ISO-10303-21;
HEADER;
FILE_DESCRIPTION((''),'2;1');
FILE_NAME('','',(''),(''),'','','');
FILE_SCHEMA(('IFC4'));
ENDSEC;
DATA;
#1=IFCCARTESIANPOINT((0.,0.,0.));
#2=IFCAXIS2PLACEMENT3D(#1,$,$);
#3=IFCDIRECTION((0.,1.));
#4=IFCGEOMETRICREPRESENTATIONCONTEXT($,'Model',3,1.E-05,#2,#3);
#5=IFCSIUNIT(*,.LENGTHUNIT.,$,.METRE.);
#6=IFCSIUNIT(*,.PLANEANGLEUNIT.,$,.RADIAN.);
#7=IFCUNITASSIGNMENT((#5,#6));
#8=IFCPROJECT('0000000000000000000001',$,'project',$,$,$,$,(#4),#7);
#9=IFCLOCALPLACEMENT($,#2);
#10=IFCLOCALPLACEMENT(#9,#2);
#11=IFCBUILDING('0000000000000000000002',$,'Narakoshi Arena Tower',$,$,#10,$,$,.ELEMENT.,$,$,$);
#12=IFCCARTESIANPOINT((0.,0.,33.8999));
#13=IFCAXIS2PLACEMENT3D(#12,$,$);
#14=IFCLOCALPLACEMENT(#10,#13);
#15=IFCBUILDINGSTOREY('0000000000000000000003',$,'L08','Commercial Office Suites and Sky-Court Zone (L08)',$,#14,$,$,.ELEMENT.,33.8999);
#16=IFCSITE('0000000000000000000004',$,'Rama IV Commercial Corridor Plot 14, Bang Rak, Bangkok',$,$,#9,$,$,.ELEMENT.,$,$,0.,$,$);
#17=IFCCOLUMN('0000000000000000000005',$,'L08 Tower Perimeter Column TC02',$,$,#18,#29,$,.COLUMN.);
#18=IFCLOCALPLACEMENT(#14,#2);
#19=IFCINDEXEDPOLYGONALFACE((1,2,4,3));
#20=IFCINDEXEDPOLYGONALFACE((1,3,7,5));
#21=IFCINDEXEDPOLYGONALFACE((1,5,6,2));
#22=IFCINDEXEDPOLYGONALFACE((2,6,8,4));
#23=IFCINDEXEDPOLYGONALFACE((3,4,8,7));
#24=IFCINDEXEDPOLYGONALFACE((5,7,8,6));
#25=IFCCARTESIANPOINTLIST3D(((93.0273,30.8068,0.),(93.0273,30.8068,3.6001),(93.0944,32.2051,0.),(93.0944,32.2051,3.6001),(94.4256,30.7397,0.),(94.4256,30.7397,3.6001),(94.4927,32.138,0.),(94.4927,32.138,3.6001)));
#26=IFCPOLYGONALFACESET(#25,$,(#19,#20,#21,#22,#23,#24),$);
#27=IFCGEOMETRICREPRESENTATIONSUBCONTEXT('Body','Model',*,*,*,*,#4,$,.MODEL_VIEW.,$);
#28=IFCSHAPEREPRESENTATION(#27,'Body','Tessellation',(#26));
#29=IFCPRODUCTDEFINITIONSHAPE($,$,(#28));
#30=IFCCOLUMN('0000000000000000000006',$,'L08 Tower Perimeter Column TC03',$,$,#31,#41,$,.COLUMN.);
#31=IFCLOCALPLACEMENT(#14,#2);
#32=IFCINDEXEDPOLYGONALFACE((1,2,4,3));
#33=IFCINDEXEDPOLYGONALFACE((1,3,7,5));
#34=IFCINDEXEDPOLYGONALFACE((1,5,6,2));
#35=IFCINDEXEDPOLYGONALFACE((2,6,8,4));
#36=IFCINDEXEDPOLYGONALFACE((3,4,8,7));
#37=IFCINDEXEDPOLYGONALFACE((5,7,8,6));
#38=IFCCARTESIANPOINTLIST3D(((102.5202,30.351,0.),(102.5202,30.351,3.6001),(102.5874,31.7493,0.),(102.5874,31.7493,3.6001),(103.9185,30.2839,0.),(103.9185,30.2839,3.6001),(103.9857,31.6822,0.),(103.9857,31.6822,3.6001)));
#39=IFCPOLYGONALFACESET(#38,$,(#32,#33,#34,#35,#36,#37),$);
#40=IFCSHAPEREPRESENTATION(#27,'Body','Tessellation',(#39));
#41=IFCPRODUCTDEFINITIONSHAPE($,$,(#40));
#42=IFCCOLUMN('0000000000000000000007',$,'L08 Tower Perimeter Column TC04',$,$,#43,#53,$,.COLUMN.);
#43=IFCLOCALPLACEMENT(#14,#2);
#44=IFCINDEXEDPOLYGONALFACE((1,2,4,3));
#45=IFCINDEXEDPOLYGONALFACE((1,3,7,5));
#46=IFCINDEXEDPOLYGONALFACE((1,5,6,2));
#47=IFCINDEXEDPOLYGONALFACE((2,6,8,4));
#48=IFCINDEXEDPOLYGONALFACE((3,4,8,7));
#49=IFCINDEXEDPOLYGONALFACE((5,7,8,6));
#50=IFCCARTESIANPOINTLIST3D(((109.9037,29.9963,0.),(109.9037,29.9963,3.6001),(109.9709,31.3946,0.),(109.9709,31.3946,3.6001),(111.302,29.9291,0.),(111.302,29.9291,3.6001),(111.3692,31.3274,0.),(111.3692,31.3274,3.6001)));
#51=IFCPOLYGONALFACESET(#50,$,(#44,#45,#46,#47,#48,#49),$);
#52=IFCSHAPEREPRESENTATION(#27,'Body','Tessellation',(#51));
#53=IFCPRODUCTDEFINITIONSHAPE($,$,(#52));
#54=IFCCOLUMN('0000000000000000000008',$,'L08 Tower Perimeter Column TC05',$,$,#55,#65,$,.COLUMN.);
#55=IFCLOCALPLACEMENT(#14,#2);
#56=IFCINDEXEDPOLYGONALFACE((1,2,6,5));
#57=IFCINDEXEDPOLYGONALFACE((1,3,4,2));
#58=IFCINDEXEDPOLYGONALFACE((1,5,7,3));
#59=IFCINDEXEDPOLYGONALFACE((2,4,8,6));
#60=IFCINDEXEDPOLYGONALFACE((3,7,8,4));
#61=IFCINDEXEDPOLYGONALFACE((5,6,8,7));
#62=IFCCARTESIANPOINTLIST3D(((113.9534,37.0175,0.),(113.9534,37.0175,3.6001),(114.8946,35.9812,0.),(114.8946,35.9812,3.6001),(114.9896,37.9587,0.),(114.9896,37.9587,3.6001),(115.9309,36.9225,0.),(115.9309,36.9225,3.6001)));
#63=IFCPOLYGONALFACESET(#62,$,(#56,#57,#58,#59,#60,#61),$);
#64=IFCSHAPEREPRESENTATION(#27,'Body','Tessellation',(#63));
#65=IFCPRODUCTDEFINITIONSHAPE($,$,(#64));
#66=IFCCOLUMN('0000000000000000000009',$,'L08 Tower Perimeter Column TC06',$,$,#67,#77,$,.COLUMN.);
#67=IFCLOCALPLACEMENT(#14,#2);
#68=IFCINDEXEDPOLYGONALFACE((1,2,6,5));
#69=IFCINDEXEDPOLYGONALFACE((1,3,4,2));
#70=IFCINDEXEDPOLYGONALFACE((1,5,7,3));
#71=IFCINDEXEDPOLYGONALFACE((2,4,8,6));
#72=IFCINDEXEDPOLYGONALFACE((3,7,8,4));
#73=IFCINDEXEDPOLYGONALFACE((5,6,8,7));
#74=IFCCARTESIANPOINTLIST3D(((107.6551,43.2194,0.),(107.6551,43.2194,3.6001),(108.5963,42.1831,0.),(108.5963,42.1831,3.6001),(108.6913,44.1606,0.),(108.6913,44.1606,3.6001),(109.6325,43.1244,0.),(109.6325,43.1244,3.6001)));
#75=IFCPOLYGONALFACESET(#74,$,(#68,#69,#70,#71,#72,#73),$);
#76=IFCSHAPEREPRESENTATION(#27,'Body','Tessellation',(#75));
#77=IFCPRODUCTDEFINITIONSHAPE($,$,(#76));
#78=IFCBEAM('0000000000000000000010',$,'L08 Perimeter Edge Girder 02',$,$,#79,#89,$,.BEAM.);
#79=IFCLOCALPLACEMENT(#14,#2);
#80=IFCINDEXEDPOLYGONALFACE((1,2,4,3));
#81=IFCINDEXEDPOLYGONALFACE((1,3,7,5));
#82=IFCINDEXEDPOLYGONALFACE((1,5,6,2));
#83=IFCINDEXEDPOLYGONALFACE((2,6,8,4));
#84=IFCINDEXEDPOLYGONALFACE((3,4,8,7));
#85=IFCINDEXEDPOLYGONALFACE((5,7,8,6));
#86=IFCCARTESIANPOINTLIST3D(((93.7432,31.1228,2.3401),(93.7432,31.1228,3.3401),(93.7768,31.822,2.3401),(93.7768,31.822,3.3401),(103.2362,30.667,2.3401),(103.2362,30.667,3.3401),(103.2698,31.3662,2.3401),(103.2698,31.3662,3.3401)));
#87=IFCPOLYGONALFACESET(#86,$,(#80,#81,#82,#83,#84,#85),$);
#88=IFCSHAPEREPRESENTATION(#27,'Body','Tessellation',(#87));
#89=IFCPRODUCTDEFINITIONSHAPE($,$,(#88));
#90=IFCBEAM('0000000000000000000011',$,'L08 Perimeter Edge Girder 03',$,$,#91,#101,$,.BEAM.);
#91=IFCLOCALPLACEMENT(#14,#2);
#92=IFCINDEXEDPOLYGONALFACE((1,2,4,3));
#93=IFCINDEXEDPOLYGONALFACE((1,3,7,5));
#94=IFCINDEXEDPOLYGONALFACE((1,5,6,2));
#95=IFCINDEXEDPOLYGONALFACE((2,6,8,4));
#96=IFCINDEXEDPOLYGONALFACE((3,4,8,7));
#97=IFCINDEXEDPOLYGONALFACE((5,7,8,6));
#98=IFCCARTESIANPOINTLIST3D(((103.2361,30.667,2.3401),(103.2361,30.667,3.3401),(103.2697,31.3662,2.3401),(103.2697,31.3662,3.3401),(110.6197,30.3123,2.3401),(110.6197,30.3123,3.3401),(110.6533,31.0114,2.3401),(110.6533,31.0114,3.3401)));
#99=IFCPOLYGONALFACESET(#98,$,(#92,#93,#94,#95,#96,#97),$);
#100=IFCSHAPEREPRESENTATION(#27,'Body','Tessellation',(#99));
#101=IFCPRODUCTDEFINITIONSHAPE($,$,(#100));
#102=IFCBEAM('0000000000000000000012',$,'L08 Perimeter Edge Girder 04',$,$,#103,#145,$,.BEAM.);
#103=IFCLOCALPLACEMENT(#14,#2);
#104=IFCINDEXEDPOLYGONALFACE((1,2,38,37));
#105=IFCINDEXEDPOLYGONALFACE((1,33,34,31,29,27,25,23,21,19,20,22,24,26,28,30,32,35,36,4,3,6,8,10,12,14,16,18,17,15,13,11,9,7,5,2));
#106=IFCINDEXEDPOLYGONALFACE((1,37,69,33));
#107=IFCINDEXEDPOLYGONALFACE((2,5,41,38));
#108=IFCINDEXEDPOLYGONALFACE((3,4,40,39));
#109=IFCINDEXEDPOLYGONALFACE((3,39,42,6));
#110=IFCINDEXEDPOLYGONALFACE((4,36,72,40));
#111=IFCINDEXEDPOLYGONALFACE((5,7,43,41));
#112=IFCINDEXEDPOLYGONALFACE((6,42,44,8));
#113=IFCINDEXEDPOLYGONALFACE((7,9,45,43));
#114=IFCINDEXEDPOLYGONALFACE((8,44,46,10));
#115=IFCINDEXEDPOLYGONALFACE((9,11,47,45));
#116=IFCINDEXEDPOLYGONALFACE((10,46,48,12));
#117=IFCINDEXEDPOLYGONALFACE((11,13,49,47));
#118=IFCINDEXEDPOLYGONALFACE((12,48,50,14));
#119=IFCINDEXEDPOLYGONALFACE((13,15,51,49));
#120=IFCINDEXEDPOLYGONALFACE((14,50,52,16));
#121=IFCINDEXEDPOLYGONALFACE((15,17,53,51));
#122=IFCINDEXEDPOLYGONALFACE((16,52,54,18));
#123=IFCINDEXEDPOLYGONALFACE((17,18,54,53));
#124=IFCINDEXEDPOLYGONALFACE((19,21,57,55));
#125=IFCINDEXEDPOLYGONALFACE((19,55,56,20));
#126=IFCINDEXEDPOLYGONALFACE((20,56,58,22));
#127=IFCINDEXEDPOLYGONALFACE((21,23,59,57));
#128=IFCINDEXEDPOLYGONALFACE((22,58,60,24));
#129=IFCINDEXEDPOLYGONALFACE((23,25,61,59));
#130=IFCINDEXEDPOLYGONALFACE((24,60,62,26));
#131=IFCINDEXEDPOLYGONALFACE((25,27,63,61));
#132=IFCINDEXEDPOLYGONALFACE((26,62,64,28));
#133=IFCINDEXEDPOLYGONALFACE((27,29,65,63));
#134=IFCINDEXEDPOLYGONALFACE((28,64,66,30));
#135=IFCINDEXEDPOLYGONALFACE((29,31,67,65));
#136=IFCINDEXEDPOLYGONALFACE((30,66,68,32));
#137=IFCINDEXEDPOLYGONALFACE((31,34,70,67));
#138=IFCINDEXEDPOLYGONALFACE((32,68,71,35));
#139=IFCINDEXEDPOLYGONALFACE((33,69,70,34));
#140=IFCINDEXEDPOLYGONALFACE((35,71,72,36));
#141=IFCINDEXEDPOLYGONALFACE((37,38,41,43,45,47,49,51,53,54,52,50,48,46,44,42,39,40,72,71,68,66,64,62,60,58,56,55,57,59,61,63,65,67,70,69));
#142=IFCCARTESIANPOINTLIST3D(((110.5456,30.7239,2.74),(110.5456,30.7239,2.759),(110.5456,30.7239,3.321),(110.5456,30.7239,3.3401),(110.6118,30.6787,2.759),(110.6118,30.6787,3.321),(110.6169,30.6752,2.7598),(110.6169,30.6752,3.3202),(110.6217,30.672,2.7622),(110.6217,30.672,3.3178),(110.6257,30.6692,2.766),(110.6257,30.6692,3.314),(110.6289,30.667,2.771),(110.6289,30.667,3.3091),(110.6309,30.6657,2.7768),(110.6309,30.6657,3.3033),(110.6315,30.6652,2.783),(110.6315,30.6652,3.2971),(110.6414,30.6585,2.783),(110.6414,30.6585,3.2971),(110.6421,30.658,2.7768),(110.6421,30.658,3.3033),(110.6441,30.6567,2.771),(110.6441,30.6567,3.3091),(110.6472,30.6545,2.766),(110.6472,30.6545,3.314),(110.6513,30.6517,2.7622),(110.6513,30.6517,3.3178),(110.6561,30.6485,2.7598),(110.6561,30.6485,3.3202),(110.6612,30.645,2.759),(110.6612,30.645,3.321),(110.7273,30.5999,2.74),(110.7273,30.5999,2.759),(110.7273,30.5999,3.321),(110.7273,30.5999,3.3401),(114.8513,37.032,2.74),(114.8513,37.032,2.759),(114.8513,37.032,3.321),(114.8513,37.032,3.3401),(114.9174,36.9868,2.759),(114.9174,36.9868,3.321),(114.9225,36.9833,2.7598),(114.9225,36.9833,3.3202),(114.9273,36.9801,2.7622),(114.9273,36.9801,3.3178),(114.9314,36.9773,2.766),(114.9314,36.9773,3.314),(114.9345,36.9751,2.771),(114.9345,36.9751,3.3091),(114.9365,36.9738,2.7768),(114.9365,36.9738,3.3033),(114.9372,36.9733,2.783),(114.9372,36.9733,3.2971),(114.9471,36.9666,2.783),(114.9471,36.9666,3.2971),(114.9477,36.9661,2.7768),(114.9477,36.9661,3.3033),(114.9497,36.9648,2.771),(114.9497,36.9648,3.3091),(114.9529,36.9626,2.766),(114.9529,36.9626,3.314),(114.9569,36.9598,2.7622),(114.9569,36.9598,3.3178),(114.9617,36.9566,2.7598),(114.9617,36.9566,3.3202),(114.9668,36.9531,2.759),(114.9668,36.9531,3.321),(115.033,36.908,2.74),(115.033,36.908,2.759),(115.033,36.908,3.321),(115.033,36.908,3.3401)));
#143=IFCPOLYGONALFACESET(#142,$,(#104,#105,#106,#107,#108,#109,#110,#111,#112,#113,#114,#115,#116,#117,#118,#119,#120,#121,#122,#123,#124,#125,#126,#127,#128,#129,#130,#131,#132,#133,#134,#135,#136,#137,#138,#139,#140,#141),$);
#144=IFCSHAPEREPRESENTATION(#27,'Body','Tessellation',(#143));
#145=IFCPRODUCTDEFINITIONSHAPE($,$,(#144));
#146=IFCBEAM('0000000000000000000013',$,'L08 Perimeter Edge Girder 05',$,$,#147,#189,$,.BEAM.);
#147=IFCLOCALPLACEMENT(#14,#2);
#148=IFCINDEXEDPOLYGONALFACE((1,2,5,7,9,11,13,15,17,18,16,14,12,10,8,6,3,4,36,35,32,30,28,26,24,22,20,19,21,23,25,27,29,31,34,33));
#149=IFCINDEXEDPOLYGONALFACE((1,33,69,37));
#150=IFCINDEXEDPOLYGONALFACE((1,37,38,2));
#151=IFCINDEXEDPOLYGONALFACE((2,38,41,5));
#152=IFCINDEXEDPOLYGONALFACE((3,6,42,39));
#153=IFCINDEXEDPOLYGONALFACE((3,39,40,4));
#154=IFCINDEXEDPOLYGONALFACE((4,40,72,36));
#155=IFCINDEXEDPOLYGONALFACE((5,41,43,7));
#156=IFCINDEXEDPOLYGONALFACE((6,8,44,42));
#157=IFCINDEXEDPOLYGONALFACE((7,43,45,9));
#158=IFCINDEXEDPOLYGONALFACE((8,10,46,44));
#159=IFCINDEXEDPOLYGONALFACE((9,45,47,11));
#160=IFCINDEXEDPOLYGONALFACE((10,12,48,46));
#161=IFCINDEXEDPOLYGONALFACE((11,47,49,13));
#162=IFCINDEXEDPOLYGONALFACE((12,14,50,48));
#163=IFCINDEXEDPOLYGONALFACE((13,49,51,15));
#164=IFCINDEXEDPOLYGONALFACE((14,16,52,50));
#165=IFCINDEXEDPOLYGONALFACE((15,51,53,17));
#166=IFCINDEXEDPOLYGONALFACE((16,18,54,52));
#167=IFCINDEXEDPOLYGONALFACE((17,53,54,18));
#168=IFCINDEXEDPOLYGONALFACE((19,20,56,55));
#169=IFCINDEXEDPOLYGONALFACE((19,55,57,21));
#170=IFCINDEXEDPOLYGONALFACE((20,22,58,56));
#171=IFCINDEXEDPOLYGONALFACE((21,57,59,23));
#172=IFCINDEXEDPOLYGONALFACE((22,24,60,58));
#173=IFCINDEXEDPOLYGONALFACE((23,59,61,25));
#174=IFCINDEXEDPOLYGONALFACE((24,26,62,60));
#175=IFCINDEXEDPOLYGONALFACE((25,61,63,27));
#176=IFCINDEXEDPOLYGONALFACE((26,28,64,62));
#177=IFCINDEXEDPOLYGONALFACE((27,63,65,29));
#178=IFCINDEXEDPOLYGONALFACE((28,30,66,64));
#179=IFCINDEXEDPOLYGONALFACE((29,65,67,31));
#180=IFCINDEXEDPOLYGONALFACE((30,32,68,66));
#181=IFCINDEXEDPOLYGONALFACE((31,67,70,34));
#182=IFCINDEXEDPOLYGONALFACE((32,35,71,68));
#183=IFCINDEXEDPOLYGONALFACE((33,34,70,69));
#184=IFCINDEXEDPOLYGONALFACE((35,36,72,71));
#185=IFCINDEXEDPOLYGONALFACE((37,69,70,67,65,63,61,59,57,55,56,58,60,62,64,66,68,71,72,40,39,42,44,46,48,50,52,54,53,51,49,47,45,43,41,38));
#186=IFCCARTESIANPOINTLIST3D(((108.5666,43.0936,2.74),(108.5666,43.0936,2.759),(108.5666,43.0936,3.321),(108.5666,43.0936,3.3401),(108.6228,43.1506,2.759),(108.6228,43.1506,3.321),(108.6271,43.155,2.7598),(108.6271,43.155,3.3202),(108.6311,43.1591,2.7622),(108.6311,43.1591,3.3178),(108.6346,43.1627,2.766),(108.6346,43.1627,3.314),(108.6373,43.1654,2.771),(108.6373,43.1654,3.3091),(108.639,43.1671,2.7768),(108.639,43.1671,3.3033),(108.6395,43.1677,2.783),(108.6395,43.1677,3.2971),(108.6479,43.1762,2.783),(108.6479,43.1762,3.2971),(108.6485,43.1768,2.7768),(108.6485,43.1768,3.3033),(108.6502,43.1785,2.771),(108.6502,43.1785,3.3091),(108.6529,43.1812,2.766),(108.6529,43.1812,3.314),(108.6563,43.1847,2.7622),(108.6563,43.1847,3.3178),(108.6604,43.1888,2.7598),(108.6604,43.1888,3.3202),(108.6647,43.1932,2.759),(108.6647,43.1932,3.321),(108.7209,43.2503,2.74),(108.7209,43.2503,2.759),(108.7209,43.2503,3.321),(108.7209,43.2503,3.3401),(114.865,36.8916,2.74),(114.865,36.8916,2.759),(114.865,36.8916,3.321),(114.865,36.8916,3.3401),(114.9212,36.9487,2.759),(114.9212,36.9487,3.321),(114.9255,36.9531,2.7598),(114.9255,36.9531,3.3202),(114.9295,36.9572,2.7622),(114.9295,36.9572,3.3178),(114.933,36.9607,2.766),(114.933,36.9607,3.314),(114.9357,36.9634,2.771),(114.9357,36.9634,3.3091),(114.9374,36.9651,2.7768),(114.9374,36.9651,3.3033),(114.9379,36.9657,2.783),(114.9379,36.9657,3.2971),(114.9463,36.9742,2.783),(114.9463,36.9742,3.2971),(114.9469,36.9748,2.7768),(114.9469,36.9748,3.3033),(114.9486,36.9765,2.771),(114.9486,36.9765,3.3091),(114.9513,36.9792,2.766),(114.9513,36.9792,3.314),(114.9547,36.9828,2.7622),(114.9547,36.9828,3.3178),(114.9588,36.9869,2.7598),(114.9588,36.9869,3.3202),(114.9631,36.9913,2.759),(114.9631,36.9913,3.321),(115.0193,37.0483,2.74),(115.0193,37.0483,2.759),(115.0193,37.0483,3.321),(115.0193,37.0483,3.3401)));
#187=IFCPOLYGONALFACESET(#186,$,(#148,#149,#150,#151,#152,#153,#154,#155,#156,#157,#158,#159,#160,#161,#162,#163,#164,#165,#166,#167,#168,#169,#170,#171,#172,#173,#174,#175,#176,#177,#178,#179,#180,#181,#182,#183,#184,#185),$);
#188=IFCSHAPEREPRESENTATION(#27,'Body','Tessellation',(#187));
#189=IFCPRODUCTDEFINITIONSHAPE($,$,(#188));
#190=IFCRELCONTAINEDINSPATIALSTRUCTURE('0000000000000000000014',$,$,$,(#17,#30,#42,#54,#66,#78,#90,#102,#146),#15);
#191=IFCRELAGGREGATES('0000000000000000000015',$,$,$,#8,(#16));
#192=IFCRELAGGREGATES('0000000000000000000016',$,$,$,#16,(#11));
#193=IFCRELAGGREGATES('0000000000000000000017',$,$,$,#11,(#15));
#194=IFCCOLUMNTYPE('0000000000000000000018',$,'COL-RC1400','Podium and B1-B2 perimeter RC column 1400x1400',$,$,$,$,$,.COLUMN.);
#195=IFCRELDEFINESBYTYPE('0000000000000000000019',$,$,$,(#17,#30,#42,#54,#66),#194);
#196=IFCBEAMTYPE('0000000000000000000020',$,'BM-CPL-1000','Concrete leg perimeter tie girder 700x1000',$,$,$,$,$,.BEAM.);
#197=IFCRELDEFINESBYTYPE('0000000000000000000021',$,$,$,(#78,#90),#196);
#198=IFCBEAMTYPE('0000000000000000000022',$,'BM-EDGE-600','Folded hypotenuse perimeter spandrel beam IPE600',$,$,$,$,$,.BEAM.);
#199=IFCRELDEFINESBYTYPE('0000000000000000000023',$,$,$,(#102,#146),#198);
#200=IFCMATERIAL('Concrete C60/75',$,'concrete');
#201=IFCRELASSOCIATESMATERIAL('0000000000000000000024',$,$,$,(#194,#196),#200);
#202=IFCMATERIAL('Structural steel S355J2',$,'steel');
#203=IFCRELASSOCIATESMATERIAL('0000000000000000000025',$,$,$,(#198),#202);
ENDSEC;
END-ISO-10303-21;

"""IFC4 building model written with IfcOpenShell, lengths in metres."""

from ifc_helpers import new_model, si_unit, direction, frame, origin, origin_2d, place, context, subcontext, project, spatial, rectangle, i_section, extrude, material, material_profile, profile_set, type_object, element, save


model = new_model("IFC4")

# Units and contexts
model_context = context("Model", 3, precision=1e-05, world=origin(), true_north=direction((0.0, 1.0)))
body_context = subcontext(model_context, "Body", "Model", "MODEL_VIEW")
ifc_project = project(units=[si_unit("LENGTHUNIT", "METRE"), si_unit("PLANEANGLEUNIT", "RADIAN")], contexts=[model_context])

# Site, building, storey
site_placement = place(None, origin())
site = spatial("IfcSite", under=ifc_project, at=site_placement, Name="Rama IV Commercial Corridor Plot 14, Bang Rak, Bangkok", CompositionType="ELEMENT", RefElevation=0.0)
building_placement = place(site_placement, origin())
building = spatial("IfcBuilding", under=site, at=building_placement, Name="Narakoshi Arena Tower", CompositionType="ELEMENT")
storey_placement = place(building_placement, frame((0.0, 0.0, 33.8999)))
storey = spatial("IfcBuildingStorey", under=building, at=storey_placement, Name="L08", Description="Commercial Office Suites and Sky-Court Zone (L08)", CompositionType="ELEMENT", Elevation=33.8999)

# Columns
ifc_material_1 = material(Name="Concrete C60/75", Category="concrete")
ifc_material_profile_1 = material_profile(ifc_material_1, rectangle(XDim=1.3999, YDim=1.3999, at=origin_2d()), Name="RC1400x1400")
ifc_profile_set_1 = profile_set([ifc_material_profile_1], Name="Concrete C60/75")
column_type = type_object("IfcColumnType", Name="COL-RC1400", Description="Podium and B1-B2 perimeter RC column 1400x1400", PredefinedType="COLUMN", material=ifc_profile_set_1)
for number, where, z_axis, x_axis, name in (
    (1, (93.76, 31.4724, 0.0), (0.0, 0.0, 1.0), (-0.998848, 0.047978, 0.0), "L08 Tower Perimeter Column TC02"),
    (2, (103.2529, 31.0166, 0.0), (0.0, 0.0, 1.0), (-0.998848, 0.047978, 0.0), "L08 Tower Perimeter Column TC03"),
    (3, (110.6365, 30.6619, 0.0), (0.0, 0.0, 1.0), (-0.998848, 0.047978, 0.0), "L08 Tower Perimeter Column TC04"),
    (4, (114.9421, 36.97, 0.0), (0.0, 0.0, 1.0), (0.740218, 0.672367, 0.0), "L08 Tower Perimeter Column TC05"),
    (5, (108.6438, 43.1719, 0.0), (0.0, 0.0, 1.0), (0.740218, 0.672367, 0.0), "L08 Tower Perimeter Column TC06"),
):
    element("IfcColumn", number, at=place(storey_placement, frame(where, z_axis=z_axis, x_axis=x_axis)), inside=storey, type_object=column_type, Name=name, PredefinedType="COLUMN", context=body_context, shape_type="SweptSolid", body=[
        extrude(rectangle(XDim=1.3999, YDim=1.3999, at=origin_2d()), origin(), (0.0, 0.0, 1.0), 3.6001),
    ])

# Beams
ifc_material_profile_2 = material_profile(ifc_material_1, rectangle(XDim=0.7, YDim=1.0, at=origin_2d()), Name="RCB700x1000")
ifc_profile_set_2 = profile_set([ifc_material_profile_2], Name="Concrete C60/75")
beam_type_1 = type_object("IfcBeamType", Name="BM-CPL-1000", Description="Concrete leg perimeter tie girder 700x1000", PredefinedType="BEAM", material=ifc_profile_set_2)
beam_1_placement = place(storey_placement, frame((93.76, 31.4724, 2.8401), z_axis=(0.998849, -0.047961, 0.0), x_axis=(0.047961, 0.998849, 0.0)))
element("IfcBeam", 6, at=beam_1_placement, inside=storey, type_object=beam_type_1, Name="L08 Perimeter Edge Girder 02", PredefinedType="BEAM", context=body_context, shape_type="SweptSolid", body=[
    extrude(rectangle(XDim=0.7, YDim=1.0, at=origin_2d()), origin(), (0.0, 0.0, 1.0), 9.5039),
])
beam_2_placement = place(storey_placement, frame((103.2529, 31.0166, 2.8401), z_axis=(0.998848, -0.047989, 0.0), x_axis=(0.047989, 0.998848, 0.0)))
element("IfcBeam", 7, at=beam_2_placement, inside=storey, type_object=beam_type_1, Name="L08 Perimeter Edge Girder 03", PredefinedType="BEAM", context=body_context, shape_type="SweptSolid", body=[
    extrude(rectangle(XDim=0.7, YDim=1.0, at=origin_2d()), origin(), (0.0, 0.0, 1.0), 7.3921),
])
ifc_material_2 = material(Name="Structural steel S355J2", Category="steel")
ifc_material_profile_3 = material_profile(ifc_material_2, i_section(OverallWidth=0.22, OverallDepth=0.6001, WebThickness=0.012, FlangeThickness=0.019, FilletRadius=0.0239, at=origin_2d()), Name="IPE600")
ifc_profile_set_3 = profile_set([ifc_material_profile_3], Name="Structural steel S355J2")
beam_type_2 = type_object("IfcBeamType", Name="BM-EDGE-600", Description="Folded hypotenuse perimeter spandrel beam IPE600", PredefinedType="BEAM", material=ifc_profile_set_3)
beam_3_placement = place(storey_placement, frame((110.6365, 30.6619, 3.04), z_axis=(0.563755, 0.825942, 0.0), x_axis=(-0.825942, 0.563755, 0.0)))
element("IfcBeam", 8, at=beam_3_placement, inside=storey, type_object=beam_type_2, Name="L08 Perimeter Edge Girder 04", PredefinedType="BEAM", context=body_context, shape_type="SweptSolid", body=[
    extrude(i_section(OverallWidth=0.22, OverallDepth=0.6001, WebThickness=0.012, FlangeThickness=0.019, FilletRadius=0.0239, at=origin_2d()), origin(), (0.0, 0.0, 1.0), 7.6375),
])
for number, where, z_axis, x_axis, name in (
    (9, (114.9421, 36.97, 3.04), (-0.712541, 0.701631, 0.0), (-0.701631, -0.712541, 0.0), "L08 Perimeter Edge Girder 05"),
):
    element("IfcBeam", number, at=place(storey_placement, frame(where, z_axis=z_axis, x_axis=x_axis)), inside=storey, type_object=beam_type_2, Name=name, PredefinedType="BEAM", context=body_context, shape_type="SweptSolid", body=[
        extrude(i_section(OverallWidth=0.22, OverallDepth=0.6001, WebThickness=0.012, FlangeThickness=0.019, FilletRadius=0.0239, at=origin_2d()), origin(), (0.0, 0.0, 1.0), 8.8394),
    ])

save(model, "model.ifc")
